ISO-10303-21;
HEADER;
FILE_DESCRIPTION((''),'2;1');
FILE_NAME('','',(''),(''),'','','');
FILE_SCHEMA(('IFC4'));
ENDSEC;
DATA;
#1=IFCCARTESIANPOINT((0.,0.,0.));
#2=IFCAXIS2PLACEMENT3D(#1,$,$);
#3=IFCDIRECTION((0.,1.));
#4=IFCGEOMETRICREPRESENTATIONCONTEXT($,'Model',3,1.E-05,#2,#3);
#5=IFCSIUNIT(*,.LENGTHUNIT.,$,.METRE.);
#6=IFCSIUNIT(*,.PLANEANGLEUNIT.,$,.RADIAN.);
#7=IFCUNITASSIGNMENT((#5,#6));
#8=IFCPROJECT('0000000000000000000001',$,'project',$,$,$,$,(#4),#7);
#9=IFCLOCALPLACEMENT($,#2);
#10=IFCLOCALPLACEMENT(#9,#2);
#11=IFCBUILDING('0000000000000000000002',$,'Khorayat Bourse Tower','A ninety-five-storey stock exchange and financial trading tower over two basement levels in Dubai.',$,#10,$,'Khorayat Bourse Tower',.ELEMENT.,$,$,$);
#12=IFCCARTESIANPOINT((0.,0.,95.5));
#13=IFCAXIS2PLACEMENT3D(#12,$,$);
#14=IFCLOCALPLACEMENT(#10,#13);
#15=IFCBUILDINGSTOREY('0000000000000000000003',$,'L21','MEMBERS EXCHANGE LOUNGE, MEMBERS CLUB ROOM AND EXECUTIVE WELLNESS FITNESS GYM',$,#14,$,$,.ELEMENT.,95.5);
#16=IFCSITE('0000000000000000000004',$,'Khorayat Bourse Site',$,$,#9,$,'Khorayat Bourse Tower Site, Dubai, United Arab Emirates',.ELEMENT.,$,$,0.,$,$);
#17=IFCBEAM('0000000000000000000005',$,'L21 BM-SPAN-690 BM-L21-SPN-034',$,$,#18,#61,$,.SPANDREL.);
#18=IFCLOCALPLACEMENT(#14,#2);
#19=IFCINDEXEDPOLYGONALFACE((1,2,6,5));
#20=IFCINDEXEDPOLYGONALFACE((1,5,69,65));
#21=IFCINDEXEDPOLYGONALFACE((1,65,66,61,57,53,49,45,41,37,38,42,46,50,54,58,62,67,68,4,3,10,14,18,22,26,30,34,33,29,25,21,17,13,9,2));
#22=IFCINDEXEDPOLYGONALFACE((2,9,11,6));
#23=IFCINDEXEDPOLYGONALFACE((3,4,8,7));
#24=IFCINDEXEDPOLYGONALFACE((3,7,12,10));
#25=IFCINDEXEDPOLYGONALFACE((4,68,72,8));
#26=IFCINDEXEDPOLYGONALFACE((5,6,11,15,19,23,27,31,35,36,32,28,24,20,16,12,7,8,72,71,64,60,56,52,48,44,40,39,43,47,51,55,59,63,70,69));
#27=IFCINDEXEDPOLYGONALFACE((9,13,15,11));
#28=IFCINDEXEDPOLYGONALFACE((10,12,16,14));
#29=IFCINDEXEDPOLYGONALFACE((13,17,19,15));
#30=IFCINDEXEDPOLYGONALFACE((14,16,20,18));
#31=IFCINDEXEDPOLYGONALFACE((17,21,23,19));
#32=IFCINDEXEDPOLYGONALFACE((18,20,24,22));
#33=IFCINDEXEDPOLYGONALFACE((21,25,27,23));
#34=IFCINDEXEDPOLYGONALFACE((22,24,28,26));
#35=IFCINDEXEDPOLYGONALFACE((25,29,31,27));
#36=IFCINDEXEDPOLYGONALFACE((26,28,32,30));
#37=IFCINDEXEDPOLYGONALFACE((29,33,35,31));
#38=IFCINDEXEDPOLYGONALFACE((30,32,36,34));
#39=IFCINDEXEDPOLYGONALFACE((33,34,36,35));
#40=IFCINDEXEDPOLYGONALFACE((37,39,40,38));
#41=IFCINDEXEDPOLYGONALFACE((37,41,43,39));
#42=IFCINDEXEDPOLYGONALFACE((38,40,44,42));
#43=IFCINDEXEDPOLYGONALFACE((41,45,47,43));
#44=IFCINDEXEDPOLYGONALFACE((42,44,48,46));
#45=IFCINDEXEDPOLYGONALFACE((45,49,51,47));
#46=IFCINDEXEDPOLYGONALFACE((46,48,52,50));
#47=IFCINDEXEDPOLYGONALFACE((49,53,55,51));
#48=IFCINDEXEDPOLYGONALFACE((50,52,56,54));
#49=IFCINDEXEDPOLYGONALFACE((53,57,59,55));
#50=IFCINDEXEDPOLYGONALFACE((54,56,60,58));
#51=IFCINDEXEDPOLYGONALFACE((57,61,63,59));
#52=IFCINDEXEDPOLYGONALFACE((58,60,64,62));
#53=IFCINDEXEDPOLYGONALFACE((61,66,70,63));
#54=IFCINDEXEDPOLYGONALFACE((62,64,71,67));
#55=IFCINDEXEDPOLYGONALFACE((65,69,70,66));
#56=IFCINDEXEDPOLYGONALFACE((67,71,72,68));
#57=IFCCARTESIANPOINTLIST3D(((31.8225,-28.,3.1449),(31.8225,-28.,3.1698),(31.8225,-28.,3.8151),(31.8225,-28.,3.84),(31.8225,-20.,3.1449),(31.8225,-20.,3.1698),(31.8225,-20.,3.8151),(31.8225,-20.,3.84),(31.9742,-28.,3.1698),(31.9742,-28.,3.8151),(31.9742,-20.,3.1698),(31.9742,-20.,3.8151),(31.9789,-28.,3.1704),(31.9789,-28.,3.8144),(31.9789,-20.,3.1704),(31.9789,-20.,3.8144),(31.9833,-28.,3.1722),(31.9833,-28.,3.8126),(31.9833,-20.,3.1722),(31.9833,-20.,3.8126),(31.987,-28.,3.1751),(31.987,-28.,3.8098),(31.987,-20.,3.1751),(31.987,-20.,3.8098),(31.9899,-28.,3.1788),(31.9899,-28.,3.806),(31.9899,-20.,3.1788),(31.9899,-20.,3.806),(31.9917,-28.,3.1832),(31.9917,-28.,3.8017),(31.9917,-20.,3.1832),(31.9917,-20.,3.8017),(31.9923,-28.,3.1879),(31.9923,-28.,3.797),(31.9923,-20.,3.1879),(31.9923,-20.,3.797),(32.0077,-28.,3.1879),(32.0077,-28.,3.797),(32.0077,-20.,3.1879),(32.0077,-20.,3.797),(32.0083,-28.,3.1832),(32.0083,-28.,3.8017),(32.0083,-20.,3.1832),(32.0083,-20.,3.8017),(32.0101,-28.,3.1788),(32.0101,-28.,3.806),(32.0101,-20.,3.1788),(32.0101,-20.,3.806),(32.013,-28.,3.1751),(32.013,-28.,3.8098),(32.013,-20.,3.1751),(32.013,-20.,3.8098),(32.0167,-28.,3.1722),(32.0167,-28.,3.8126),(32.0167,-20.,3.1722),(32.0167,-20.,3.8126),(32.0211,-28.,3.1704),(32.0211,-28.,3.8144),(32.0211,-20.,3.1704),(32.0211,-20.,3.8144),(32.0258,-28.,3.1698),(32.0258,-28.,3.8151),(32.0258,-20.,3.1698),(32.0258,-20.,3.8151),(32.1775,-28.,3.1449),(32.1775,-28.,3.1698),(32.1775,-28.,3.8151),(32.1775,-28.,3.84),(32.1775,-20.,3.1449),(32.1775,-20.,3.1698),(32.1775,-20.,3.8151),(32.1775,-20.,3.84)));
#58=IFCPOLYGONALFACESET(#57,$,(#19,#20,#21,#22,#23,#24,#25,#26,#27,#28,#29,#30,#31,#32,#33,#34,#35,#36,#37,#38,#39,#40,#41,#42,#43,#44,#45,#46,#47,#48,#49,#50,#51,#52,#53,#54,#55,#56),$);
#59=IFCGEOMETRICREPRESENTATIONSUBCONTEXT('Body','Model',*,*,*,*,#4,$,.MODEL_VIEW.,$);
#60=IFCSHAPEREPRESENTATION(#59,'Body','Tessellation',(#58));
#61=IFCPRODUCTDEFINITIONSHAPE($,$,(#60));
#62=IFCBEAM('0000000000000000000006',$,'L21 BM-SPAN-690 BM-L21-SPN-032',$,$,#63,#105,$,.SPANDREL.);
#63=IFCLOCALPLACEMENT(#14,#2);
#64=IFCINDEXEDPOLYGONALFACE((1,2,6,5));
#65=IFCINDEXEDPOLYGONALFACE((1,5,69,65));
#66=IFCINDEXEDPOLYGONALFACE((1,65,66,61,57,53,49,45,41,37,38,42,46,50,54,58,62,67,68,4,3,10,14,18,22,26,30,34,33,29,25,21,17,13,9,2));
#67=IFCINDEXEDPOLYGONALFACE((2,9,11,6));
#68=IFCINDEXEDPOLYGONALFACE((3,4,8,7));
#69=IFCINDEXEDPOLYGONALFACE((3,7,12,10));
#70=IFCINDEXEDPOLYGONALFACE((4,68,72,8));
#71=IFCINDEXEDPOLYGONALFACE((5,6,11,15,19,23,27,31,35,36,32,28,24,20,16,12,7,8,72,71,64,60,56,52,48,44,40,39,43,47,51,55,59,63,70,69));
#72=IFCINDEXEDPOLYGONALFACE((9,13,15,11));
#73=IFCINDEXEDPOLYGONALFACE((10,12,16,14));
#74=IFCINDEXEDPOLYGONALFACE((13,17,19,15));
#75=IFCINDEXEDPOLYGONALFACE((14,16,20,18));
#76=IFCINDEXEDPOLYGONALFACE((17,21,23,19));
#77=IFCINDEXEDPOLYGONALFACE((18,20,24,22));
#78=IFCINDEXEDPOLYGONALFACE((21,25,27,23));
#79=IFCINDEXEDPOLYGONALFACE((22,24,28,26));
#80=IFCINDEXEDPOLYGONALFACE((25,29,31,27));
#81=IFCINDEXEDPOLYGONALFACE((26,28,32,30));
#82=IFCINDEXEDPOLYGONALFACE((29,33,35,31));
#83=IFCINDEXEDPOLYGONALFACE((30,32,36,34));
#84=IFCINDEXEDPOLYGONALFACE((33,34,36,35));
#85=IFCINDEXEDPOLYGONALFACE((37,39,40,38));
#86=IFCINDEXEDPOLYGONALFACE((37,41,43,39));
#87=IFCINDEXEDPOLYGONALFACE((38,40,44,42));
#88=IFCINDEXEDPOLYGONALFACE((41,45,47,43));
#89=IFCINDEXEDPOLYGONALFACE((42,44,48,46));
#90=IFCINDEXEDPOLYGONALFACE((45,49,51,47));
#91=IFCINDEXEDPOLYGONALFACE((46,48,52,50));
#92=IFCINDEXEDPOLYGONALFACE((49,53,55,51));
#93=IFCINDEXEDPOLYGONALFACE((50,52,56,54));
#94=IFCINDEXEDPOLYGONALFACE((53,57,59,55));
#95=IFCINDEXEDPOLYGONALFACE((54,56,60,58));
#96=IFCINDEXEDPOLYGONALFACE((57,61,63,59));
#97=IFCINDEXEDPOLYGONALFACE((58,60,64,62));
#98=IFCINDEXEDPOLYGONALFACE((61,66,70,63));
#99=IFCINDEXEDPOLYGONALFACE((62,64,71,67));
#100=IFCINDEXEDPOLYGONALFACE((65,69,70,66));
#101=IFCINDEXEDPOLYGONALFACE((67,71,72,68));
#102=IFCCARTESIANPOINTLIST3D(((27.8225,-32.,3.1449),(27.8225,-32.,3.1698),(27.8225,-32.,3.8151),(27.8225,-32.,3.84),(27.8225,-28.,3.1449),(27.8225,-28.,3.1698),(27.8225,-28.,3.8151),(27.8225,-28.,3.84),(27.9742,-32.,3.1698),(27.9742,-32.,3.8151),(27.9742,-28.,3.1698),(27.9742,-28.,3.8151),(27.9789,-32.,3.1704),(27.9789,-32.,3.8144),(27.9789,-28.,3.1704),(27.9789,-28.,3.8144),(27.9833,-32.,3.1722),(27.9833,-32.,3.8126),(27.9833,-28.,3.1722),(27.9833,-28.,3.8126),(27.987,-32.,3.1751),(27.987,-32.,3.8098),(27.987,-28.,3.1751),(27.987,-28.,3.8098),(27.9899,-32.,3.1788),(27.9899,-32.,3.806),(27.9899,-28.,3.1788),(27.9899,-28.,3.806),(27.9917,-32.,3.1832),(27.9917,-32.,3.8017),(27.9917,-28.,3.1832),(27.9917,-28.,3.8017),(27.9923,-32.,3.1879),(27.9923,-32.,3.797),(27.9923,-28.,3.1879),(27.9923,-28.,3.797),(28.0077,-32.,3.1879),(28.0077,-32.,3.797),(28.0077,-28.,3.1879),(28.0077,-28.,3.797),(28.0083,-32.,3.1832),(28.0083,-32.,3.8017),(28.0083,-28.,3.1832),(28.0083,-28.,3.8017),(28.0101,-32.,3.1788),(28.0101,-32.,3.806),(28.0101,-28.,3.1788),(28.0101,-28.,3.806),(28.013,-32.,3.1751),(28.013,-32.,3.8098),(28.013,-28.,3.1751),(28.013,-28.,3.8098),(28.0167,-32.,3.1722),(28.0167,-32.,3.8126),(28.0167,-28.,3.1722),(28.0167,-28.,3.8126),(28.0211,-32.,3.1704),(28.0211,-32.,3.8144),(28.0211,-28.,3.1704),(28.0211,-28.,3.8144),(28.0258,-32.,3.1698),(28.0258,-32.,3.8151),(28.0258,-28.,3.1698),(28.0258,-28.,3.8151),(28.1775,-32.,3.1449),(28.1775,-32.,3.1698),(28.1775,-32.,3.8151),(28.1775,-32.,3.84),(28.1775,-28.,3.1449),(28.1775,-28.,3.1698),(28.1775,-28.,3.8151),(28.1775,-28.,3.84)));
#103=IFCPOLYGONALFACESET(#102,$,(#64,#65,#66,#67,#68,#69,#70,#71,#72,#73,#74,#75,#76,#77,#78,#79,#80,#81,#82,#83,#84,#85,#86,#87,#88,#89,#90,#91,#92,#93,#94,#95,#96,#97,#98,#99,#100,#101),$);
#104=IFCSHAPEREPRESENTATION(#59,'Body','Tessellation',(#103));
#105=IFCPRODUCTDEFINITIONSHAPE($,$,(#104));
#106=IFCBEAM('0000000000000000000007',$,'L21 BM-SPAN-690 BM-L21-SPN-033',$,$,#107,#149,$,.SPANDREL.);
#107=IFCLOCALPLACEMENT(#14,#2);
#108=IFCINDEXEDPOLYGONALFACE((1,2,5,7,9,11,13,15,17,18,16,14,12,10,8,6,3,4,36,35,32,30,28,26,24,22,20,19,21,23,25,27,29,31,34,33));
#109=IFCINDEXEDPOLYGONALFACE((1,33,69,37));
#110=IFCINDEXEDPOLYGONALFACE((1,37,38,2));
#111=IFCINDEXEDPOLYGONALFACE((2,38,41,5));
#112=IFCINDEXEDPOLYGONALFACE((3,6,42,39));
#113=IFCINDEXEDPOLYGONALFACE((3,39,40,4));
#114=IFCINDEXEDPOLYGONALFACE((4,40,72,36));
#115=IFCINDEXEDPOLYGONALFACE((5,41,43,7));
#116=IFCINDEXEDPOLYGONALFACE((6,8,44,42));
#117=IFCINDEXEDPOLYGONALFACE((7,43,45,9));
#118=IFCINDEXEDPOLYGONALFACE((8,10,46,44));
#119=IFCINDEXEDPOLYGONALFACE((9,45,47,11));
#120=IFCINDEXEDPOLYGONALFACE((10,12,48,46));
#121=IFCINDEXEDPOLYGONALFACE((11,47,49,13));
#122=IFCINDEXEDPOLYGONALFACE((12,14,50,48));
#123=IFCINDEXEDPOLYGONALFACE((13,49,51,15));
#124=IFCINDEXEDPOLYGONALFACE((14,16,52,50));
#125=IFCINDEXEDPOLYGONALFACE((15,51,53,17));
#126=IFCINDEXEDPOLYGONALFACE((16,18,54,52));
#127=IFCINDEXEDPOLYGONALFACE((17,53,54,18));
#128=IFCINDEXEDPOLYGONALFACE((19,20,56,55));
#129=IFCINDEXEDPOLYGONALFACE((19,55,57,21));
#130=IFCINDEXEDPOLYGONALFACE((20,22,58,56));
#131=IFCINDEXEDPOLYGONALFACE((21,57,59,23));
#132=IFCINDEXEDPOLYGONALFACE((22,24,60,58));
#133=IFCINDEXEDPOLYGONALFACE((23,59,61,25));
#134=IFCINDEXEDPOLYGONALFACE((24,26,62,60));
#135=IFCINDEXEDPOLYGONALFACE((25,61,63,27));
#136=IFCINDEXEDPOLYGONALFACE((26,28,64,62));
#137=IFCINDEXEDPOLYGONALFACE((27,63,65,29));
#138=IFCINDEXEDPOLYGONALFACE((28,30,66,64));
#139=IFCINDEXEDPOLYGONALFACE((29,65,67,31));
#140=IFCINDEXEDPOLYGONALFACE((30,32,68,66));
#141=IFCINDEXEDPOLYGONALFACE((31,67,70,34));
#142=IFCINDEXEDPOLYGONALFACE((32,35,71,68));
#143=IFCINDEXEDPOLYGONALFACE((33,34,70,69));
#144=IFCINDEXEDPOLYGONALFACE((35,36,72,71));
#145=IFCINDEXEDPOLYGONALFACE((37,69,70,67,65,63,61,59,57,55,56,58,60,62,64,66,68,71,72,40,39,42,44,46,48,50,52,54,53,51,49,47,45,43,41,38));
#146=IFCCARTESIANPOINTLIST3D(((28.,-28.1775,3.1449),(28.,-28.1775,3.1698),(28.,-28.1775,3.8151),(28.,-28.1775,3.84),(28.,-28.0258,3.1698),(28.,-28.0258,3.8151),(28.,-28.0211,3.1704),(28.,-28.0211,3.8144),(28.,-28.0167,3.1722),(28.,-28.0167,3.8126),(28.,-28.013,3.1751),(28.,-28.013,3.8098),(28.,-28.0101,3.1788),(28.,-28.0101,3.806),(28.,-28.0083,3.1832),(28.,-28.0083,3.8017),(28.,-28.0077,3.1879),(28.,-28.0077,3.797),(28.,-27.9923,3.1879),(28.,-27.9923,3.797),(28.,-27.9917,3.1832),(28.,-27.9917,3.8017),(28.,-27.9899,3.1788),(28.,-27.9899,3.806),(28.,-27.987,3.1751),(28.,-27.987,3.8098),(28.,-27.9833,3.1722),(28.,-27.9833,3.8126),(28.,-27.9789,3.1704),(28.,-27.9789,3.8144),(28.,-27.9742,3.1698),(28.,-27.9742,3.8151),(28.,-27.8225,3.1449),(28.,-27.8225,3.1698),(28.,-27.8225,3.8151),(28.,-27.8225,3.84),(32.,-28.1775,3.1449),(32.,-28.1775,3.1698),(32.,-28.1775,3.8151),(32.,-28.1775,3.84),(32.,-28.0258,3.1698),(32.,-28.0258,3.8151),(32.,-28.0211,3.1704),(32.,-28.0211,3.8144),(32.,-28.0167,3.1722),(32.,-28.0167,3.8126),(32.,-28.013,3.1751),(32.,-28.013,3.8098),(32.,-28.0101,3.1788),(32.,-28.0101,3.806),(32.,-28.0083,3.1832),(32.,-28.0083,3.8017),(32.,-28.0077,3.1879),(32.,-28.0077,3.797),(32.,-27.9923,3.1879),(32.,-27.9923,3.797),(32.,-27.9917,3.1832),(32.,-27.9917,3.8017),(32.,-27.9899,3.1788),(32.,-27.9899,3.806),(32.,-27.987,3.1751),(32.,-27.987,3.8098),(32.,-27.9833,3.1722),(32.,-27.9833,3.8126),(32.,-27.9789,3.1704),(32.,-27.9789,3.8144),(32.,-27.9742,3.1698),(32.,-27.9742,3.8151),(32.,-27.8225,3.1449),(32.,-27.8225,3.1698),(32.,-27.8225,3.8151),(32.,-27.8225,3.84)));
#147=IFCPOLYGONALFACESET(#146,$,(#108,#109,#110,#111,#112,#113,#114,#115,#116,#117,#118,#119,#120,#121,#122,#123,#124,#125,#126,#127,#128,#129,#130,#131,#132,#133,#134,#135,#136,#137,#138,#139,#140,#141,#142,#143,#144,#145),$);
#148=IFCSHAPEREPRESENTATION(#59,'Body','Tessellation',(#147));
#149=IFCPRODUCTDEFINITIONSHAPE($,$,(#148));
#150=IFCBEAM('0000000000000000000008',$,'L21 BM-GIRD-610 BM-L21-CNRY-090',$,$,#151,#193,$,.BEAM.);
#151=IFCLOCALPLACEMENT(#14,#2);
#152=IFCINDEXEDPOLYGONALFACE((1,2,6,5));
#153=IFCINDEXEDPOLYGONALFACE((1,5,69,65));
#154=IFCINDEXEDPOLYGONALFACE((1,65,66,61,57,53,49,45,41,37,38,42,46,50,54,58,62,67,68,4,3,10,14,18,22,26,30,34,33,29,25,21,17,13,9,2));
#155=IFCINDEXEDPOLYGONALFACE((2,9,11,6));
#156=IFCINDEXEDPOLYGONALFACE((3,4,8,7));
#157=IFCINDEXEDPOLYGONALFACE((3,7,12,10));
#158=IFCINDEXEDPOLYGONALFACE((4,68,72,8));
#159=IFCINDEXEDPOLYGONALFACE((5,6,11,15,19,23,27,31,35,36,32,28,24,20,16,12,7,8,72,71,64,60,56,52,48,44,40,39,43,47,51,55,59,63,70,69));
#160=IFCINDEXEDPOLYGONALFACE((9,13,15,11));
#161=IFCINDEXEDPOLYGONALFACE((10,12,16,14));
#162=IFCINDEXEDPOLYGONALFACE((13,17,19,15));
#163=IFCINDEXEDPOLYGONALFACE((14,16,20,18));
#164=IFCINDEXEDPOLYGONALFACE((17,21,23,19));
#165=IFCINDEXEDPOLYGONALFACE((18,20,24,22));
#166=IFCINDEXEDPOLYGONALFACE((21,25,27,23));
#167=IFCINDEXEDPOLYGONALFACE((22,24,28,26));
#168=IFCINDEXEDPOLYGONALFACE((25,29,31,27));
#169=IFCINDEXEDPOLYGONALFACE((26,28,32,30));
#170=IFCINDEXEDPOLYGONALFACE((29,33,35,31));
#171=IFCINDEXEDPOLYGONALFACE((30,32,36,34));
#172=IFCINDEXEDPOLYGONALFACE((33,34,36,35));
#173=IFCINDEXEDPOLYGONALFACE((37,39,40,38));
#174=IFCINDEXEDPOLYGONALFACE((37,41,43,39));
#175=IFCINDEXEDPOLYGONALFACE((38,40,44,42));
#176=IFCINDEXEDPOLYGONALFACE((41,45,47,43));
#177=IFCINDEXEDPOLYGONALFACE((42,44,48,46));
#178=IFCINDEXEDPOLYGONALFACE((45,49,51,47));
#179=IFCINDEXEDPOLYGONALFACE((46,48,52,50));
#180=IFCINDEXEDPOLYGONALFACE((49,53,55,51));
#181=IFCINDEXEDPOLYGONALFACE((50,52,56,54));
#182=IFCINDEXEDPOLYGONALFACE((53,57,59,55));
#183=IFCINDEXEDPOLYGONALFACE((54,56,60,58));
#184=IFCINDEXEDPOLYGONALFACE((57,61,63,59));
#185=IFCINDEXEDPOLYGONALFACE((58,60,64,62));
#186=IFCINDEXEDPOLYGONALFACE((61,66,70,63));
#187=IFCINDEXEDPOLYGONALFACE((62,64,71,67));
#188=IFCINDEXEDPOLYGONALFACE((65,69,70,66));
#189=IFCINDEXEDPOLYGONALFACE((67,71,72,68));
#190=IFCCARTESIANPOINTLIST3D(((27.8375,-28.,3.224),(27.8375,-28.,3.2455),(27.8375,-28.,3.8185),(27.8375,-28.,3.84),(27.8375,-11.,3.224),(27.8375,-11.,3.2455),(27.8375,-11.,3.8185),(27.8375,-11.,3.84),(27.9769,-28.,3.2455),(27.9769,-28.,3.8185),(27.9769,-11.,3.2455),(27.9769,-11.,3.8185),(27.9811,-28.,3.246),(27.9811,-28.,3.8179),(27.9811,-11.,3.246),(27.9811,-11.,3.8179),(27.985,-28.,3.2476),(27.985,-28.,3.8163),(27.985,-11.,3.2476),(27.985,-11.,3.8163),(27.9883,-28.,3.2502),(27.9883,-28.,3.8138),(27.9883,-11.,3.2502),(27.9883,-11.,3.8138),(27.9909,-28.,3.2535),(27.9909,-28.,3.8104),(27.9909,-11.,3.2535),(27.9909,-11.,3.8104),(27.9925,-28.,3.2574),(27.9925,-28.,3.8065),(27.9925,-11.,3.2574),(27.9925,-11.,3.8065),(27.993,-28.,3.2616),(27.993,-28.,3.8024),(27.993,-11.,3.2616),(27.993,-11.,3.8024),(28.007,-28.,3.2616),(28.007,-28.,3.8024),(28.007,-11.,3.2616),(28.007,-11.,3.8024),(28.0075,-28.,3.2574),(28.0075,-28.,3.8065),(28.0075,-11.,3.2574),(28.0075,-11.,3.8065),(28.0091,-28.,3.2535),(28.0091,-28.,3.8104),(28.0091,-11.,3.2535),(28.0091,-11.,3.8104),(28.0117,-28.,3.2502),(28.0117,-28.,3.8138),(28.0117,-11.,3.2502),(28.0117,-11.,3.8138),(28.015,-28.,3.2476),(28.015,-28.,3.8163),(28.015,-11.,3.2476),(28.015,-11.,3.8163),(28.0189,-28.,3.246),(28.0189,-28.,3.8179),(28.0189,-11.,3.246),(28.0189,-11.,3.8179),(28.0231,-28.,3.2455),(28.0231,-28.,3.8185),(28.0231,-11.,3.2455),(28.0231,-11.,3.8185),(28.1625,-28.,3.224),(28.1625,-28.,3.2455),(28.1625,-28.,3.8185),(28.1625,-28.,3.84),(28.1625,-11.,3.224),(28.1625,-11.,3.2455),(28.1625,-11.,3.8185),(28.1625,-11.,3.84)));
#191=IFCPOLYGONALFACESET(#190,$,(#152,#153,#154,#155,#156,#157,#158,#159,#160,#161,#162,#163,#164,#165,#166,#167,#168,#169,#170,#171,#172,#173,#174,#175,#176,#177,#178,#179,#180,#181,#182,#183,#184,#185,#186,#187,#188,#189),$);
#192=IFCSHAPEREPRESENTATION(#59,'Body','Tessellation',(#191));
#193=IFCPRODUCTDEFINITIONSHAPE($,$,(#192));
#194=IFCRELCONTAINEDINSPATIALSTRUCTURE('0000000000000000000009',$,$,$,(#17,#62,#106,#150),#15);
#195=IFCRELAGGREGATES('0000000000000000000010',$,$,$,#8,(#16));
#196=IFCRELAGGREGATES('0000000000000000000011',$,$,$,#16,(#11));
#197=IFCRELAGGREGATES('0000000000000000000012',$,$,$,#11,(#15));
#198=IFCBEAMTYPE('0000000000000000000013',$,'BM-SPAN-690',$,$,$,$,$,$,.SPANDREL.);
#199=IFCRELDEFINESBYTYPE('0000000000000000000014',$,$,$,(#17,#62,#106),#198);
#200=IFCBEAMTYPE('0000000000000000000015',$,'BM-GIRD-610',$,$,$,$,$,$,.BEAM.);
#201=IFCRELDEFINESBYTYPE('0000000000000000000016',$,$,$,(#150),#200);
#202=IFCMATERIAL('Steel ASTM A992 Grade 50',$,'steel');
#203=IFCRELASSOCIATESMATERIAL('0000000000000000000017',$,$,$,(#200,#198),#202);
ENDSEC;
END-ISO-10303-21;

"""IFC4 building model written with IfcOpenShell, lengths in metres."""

from ifc_helpers import new_model, si_unit, direction, frame, origin, origin_2d, place, context, subcontext, project, spatial, i_section, extrude, source, transform, mapped, material, material_profile, profile_set, type_object, element, save


model = new_model("IFC4")

# Units and contexts
model_context = context("Model", 3, precision=1e-05, world=origin(), true_north=direction((0.0, 1.0)))
body_context = subcontext(model_context, "Body", "Model", "MODEL_VIEW")
ifc_project = project(units=[si_unit("LENGTHUNIT", "METRE"), si_unit("PLANEANGLEUNIT", "RADIAN")], contexts=[model_context])

# Site, building, storey
site_placement = place(None, origin())
site = spatial("IfcSite", under=ifc_project, at=site_placement, Name="Khorayat Bourse Site", LongName="Khorayat Bourse Tower Site, Dubai, United Arab Emirates", CompositionType="ELEMENT", RefElevation=0.0)
building_placement = place(site_placement, origin())
building = spatial("IfcBuilding", under=site, at=building_placement, Name="Khorayat Bourse Tower", Description="A ninety-five-storey stock exchange and financial trading tower over two basement levels in Dubai.", LongName="Khorayat Bourse Tower", CompositionType="ELEMENT")
storey_placement = place(building_placement, frame((0.0, 0.0, 95.5)))
storey = spatial("IfcBuildingStorey", under=building, at=storey_placement, Name="L21", Description="MEMBERS EXCHANGE LOUNGE, MEMBERS CLUB ROOM AND EXECUTIVE WELLNESS FITNESS GYM", CompositionType="ELEMENT", Elevation=95.5)

# Beams
ifc_material_1 = material(Name="Steel ASTM A992 Grade 50", Category="steel")
ifc_material_profile_1 = material_profile(ifc_material_1, i_section(OverallWidth=0.325, OverallDepth=0.616, WebThickness=0.0139, FlangeThickness=0.0215, FilletRadius=0.0161, at=origin_2d()), Name="W610X174")
ifc_profile_set_1 = profile_set([ifc_material_profile_1], Name="Steel ASTM A992 Grade 50")
beam_type_1 = type_object("IfcBeamType", Name="BM-GIRD-610", PredefinedType="BEAM", material=ifc_profile_set_1)
ifc_material_profile_2 = material_profile(ifc_material_1, i_section(OverallWidth=0.355, OverallDepth=0.6951, WebThickness=0.0154, FlangeThickness=0.0249, FilletRadius=0.0181, at=origin_2d()), Name="W690X217")
ifc_profile_set_2 = profile_set([ifc_material_profile_2], Name="Steel ASTM A992 Grade 50")
beam_type_2 = type_object("IfcBeamType", Name="BM-SPAN-690", PredefinedType="SPANDREL", material=ifc_profile_set_2)
shared_shape_1 = source(origin(), body_context, "Body", "SweptSolid", [
    extrude(i_section(OverallWidth=0.355, OverallDepth=0.6951, WebThickness=0.0154, FlangeThickness=0.0249, FilletRadius=0.0181, at=origin_2d()), origin(), (0.0, 0.0, 1.0), 8.0),
])
for number, where, z_axis, x_axis, name in (
    (1, (32.0, -28.0, 3.4924), (0.0, 1.0, 0.0), (-1.0, 0.0, 0.0), "L21 BM-SPAN-690 BM-L21-SPN-034"),
):
    element("IfcBeam", number, at=place(storey_placement, frame(where, z_axis=z_axis, x_axis=x_axis)), inside=storey, type_object=beam_type_2, Name=name, PredefinedType="SPANDREL", context=body_context, shape_type="MappedRepresentation", body=[
        mapped(shared_shape_1, transform((0.0, 0.0, 0.0), scale=1.0)),
    ])
shared_shape_2 = source(origin(), body_context, "Body", "SweptSolid", [
    extrude(i_section(OverallWidth=0.355, OverallDepth=0.6951, WebThickness=0.0154, FlangeThickness=0.0249, FilletRadius=0.0181, at=origin_2d()), origin(), (0.0, 0.0, 1.0), 4.0),
])
for number, where, z_axis, x_axis, name in (
    (2, (28.0, -32.0, 3.4924), (0.0, 1.0, 0.0), (-1.0, 0.0, 0.0), "L21 BM-SPAN-690 BM-L21-SPN-032"),
    (3, (28.0, -28.0, 3.4924), (1.0, 0.0, 0.0), (0.0, 1.0, 0.0), "L21 BM-SPAN-690 BM-L21-SPN-033"),
):
    element("IfcBeam", number, at=place(storey_placement, frame(where, z_axis=z_axis, x_axis=x_axis)), inside=storey, type_object=beam_type_2, Name=name, PredefinedType="SPANDREL", context=body_context, shape_type="MappedRepresentation", body=[
        mapped(shared_shape_2, transform((0.0, 0.0, 0.0), scale=1.0)),
    ])
shared_shape_3 = source(origin(), body_context, "Body", "SweptSolid", [
    extrude(i_section(OverallWidth=0.325, OverallDepth=0.616, WebThickness=0.0139, FlangeThickness=0.0215, FilletRadius=0.0161, at=origin_2d()), origin(), (0.0, 0.0, 1.0), 17.0),
])
beam_1_placement = place(storey_placement, frame((28.0, -28.0, 3.532), z_axis=(0.0, 1.0, 0.0), x_axis=(-1.0, 0.0, 0.0)))
element("IfcBeam", 4, at=beam_1_placement, inside=storey, type_object=beam_type_1, Name="L21 BM-GIRD-610 BM-L21-CNRY-090", PredefinedType="BEAM", context=body_context, shape_type="MappedRepresentation", body=[
    mapped(shared_shape_3, transform((0.0, 0.0, 0.0), scale=1.0)),
])

save(model, "model.ifc")
